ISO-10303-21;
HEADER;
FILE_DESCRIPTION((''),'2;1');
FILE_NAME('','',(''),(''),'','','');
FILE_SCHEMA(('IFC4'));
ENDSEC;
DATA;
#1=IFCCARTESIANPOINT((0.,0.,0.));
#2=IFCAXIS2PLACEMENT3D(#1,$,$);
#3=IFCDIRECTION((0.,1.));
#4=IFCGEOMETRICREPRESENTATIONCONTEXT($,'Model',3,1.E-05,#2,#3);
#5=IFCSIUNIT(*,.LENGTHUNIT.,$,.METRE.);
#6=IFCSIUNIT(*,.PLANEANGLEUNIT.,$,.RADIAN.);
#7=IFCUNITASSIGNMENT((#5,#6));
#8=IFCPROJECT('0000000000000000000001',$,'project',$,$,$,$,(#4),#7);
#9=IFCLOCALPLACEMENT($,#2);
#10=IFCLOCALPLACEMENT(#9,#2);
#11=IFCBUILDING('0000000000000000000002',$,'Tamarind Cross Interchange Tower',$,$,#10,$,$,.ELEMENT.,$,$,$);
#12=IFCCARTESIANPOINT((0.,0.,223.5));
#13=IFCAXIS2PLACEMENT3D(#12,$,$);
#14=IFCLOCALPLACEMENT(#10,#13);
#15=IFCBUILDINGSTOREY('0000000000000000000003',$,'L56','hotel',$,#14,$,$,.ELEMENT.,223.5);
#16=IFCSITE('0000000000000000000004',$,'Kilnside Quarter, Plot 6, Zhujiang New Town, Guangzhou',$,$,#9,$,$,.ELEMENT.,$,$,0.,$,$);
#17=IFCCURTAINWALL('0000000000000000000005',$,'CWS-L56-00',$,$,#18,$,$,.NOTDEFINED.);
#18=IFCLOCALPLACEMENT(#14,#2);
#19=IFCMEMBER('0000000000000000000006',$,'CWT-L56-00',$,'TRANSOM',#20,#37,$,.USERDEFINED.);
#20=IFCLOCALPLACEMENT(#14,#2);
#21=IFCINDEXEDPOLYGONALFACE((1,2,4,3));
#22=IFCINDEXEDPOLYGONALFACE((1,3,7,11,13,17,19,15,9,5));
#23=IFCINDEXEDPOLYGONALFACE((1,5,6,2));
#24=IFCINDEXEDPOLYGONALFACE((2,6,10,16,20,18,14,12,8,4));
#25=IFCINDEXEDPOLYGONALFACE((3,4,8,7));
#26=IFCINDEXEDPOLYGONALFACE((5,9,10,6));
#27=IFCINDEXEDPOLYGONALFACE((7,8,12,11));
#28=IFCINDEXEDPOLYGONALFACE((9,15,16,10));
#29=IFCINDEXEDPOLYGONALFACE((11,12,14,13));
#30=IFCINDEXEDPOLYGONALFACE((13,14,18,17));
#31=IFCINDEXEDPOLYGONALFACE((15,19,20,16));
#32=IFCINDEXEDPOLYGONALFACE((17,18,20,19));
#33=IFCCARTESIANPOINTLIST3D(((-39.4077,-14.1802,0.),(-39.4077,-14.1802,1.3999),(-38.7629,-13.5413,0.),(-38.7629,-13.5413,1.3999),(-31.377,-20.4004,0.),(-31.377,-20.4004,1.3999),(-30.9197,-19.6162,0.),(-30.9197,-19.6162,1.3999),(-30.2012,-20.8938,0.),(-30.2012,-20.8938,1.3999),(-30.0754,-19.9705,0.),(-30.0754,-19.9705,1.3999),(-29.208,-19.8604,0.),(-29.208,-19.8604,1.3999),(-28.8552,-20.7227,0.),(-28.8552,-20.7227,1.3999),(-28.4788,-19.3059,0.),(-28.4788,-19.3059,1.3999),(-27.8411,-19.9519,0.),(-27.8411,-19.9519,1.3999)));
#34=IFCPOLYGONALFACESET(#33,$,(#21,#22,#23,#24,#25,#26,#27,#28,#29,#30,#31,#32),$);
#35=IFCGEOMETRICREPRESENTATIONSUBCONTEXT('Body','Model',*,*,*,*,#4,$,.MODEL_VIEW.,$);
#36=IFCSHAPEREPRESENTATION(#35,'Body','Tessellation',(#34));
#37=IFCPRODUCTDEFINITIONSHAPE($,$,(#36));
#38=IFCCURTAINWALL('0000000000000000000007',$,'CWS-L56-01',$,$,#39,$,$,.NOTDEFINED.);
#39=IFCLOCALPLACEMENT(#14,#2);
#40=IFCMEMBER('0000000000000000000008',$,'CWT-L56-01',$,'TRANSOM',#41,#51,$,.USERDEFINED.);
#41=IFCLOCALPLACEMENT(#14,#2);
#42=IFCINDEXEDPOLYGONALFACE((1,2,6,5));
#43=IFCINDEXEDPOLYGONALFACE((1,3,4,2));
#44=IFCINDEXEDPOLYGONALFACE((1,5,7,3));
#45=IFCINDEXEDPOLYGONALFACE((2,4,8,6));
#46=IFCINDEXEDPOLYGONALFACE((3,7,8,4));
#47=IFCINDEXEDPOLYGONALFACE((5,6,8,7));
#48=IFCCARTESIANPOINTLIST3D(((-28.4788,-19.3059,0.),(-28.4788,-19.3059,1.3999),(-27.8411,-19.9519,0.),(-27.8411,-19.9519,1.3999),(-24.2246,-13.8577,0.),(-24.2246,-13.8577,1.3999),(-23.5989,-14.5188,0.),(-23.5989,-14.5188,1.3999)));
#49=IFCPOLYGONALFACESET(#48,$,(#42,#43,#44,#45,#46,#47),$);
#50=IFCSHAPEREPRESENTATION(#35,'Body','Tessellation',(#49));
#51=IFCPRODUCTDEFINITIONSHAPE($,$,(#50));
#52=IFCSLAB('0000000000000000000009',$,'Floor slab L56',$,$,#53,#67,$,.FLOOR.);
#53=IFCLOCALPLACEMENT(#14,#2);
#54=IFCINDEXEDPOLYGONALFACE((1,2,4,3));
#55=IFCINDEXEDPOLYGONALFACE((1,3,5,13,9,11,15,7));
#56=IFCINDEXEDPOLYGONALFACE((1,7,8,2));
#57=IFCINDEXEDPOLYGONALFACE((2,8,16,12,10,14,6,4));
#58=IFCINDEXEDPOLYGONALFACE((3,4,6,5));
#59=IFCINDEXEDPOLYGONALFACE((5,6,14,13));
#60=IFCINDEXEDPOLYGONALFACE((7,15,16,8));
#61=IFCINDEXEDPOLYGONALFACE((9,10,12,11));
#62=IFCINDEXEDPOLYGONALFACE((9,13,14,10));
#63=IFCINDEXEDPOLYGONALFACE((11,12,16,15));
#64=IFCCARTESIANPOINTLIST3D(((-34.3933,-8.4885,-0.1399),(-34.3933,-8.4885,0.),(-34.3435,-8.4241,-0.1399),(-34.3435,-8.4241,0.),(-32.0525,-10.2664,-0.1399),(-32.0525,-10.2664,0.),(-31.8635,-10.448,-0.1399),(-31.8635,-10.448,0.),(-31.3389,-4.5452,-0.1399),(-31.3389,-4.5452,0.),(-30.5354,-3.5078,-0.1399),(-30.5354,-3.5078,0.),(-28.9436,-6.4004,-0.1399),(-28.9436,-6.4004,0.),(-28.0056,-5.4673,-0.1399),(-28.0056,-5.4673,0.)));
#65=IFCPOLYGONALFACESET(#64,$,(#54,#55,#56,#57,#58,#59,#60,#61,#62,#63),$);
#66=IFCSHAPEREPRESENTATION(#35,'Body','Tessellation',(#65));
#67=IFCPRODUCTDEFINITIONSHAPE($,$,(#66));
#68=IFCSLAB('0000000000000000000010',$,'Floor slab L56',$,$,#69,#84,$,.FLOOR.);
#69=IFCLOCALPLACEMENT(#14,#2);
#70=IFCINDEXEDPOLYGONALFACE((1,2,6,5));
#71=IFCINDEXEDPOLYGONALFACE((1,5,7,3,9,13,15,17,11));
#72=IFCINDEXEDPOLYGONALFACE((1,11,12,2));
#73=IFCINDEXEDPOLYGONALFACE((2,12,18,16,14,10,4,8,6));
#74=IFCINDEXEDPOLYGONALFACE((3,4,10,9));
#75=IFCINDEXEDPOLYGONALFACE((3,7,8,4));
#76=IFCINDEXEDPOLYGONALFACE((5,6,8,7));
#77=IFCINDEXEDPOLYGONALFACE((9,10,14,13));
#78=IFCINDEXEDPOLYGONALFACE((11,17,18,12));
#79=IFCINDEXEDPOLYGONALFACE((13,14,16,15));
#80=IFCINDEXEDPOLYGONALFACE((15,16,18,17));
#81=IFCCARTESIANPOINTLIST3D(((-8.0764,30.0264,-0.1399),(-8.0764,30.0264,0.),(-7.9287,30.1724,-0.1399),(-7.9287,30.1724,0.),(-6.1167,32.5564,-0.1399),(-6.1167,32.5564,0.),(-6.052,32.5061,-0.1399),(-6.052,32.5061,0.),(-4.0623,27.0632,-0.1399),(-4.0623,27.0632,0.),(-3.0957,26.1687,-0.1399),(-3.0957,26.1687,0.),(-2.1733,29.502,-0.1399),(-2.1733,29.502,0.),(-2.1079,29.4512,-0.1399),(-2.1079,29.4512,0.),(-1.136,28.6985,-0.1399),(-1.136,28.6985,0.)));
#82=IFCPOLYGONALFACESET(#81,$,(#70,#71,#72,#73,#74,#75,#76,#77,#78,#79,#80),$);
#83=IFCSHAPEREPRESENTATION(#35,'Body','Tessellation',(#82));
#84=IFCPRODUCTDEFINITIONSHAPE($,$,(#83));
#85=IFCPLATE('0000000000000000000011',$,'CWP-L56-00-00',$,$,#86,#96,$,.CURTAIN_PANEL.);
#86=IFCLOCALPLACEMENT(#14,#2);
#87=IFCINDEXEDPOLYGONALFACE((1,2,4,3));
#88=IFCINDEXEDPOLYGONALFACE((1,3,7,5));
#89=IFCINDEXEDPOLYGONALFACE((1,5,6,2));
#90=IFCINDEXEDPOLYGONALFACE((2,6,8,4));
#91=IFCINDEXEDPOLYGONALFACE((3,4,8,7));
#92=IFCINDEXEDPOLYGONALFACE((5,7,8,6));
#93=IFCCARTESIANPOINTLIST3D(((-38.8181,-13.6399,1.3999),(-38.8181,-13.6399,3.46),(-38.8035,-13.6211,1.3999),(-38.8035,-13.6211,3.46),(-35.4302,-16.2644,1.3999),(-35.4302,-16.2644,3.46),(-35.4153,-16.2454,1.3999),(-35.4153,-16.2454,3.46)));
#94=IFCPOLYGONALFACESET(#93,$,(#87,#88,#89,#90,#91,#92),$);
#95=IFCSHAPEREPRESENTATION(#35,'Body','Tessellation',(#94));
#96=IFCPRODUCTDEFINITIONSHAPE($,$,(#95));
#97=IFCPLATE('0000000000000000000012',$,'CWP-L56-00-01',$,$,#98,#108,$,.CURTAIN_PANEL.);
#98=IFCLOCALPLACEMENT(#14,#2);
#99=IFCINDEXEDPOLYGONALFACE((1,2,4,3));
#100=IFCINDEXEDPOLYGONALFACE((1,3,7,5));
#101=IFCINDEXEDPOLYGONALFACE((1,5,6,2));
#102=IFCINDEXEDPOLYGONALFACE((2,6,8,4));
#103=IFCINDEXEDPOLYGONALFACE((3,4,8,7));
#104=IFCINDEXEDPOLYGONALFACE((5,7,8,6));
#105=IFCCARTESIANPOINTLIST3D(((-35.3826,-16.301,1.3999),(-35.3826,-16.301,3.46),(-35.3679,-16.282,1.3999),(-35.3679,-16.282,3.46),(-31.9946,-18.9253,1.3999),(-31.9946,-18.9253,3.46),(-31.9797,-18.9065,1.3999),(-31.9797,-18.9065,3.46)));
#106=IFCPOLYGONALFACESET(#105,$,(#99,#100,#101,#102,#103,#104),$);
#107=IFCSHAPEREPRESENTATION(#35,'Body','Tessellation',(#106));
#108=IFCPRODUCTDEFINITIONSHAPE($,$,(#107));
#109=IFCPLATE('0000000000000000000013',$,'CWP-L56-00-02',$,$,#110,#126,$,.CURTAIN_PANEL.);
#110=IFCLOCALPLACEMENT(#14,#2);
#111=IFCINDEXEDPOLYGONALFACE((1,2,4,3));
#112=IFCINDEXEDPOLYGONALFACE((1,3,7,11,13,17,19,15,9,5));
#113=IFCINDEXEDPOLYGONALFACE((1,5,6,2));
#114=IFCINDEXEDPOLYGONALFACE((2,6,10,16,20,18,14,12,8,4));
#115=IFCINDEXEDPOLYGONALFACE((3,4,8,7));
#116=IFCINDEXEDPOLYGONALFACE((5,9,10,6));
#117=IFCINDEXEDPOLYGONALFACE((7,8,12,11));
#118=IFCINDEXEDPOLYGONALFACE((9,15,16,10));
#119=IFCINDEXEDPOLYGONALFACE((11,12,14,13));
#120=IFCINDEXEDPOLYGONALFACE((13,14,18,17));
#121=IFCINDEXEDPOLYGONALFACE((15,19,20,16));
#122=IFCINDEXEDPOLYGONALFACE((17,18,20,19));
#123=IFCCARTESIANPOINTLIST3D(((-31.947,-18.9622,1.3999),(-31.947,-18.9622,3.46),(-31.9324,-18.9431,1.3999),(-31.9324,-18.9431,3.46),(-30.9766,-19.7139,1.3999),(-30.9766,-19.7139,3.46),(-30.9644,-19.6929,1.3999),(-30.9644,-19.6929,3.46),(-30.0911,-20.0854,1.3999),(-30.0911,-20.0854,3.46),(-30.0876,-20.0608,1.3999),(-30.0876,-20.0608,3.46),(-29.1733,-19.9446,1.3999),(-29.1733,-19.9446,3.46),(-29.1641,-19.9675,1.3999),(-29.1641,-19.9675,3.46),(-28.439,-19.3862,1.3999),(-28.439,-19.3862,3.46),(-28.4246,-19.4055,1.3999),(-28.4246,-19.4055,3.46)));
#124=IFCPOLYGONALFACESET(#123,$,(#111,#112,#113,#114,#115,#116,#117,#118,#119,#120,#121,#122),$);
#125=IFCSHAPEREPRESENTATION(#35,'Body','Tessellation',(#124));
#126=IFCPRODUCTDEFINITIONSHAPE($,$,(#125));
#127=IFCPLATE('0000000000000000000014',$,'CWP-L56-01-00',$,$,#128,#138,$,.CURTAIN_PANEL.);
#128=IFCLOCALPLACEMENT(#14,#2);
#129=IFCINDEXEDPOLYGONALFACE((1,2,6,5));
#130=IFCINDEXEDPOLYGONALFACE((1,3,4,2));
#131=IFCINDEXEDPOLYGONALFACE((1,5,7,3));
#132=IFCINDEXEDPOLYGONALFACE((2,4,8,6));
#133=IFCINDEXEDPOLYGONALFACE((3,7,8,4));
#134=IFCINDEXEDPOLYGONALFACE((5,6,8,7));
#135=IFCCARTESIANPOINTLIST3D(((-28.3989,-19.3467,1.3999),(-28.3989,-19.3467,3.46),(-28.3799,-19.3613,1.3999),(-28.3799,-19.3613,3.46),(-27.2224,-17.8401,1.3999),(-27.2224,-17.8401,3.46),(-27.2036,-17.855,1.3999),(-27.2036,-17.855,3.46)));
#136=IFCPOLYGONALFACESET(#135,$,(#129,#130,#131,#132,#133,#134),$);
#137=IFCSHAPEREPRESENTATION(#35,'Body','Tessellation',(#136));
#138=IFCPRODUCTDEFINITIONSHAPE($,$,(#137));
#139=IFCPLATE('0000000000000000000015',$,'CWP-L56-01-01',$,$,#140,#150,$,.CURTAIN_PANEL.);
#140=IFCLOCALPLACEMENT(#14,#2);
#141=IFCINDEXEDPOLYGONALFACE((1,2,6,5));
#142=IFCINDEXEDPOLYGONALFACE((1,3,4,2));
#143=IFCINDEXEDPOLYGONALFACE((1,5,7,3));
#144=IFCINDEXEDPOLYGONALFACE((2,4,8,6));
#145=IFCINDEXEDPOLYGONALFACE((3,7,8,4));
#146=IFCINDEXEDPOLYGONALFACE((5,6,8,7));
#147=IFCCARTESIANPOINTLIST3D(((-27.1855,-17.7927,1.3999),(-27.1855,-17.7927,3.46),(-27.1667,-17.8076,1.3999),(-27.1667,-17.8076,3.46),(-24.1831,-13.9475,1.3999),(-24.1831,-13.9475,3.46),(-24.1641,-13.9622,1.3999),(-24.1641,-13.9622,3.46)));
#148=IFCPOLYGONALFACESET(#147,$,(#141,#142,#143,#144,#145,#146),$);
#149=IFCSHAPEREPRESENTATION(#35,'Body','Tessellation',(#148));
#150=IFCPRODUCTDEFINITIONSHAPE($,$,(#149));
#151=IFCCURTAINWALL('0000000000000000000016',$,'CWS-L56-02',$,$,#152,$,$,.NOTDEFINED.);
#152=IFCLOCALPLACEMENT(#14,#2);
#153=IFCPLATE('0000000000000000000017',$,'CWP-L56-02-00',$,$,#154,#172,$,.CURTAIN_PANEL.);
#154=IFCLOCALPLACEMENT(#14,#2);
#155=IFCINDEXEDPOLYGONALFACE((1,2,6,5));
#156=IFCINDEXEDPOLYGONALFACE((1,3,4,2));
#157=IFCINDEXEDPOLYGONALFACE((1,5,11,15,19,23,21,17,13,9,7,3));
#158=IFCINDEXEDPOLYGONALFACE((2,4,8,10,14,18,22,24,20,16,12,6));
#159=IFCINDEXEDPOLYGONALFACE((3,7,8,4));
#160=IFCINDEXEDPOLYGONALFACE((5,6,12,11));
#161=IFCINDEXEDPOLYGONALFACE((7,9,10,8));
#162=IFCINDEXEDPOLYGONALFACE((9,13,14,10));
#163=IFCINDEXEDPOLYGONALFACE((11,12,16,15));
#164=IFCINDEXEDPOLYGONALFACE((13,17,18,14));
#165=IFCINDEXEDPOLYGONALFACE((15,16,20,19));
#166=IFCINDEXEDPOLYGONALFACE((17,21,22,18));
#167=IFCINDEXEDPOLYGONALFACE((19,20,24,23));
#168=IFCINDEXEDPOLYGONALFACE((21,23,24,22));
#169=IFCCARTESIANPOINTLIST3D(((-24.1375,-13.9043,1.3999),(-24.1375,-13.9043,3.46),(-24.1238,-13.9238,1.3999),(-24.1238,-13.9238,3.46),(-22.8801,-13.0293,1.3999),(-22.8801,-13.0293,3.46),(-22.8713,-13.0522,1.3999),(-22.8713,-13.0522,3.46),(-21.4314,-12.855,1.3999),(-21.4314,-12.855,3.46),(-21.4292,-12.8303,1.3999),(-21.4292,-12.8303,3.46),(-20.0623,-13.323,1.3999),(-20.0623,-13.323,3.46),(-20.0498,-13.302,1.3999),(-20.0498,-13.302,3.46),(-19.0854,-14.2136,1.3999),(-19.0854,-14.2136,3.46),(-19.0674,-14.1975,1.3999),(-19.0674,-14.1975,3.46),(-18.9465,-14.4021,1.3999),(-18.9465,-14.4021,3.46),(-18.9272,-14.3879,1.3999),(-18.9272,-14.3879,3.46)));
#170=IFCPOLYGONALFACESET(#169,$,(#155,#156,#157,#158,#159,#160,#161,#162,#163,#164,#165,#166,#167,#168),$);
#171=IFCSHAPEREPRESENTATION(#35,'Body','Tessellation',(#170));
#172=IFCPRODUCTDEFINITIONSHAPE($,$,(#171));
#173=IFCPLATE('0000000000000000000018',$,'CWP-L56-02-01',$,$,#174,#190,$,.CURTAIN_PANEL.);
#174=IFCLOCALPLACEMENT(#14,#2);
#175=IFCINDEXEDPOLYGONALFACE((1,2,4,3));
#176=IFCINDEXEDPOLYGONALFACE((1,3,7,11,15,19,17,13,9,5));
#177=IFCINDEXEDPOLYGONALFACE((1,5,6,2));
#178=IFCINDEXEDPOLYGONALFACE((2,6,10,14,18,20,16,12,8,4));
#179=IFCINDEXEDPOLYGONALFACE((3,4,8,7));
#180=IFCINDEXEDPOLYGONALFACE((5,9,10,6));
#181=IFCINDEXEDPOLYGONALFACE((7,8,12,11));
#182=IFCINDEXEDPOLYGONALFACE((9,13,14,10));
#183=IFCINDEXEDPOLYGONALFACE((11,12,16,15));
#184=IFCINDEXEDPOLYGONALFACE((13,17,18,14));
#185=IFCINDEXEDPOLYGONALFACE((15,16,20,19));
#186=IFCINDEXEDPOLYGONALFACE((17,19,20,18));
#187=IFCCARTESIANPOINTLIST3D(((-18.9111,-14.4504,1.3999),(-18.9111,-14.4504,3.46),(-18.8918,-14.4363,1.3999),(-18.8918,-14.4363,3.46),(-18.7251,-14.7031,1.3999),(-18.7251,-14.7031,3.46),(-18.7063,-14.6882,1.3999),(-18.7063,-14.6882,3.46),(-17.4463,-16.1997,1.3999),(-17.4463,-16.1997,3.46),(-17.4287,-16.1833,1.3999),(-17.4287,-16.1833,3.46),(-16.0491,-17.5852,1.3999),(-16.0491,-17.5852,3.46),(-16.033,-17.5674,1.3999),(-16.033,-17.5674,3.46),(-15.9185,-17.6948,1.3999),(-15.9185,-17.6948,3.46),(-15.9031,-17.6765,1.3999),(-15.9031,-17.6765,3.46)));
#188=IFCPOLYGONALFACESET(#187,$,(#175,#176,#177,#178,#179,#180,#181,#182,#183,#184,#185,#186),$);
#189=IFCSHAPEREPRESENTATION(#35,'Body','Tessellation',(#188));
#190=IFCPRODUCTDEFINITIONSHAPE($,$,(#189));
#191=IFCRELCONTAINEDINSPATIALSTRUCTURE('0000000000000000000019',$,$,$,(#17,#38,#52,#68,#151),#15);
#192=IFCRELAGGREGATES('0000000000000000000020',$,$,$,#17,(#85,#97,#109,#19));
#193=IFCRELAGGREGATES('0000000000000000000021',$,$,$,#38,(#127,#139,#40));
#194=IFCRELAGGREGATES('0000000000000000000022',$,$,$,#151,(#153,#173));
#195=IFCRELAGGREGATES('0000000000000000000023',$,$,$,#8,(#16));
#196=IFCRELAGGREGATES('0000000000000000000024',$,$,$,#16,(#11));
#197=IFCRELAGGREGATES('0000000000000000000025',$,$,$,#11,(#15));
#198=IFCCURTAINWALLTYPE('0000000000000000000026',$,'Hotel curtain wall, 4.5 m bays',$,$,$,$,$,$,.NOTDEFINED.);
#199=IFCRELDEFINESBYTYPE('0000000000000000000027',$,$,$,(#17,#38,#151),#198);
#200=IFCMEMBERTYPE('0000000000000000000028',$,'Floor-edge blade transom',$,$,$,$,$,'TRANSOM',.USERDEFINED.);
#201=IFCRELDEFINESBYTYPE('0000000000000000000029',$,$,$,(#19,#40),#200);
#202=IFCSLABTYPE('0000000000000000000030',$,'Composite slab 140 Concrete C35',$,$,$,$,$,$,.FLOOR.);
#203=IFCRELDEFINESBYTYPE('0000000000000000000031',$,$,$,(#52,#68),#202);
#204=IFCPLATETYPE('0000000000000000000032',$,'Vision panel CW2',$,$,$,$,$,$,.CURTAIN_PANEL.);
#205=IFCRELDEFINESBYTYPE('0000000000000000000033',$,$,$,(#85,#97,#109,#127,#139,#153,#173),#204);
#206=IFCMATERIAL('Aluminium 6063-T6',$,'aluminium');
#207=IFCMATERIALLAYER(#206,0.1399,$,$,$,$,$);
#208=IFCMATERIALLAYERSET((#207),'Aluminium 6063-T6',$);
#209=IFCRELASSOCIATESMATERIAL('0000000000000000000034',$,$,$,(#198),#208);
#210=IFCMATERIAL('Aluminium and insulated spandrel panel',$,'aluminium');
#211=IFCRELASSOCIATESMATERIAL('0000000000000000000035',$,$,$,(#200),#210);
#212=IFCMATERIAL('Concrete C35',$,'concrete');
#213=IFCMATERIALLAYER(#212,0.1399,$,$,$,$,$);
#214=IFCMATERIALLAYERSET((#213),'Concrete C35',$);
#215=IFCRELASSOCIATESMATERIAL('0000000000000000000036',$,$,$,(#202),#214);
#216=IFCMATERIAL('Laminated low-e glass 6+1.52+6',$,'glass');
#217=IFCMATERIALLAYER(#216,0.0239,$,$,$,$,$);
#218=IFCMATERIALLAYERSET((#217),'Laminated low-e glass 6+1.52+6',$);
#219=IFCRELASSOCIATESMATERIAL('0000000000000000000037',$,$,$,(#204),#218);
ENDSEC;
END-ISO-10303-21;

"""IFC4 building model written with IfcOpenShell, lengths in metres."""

from ifc_helpers import new_model, si_unit, direction, frame, origin, place, context, subcontext, project, spatial, polyline, outline, extrude, material, layer, layer_set, type_object, element, aggregate, save


model = new_model("IFC4")

# Units and contexts
model_context = context("Model", 3, precision=1e-05, world=origin(), true_north=direction((0.0, 1.0)))
body_context = subcontext(model_context, "Body", "Model", "MODEL_VIEW")
ifc_project = project(units=[si_unit("LENGTHUNIT", "METRE"), si_unit("PLANEANGLEUNIT", "RADIAN")], contexts=[model_context])

# Site, building, storey
site_placement = place(None, origin())
site = spatial("IfcSite", under=ifc_project, at=site_placement, Name="Kilnside Quarter, Plot 6, Zhujiang New Town, Guangzhou", CompositionType="ELEMENT", RefElevation=0.0)
building_placement = place(site_placement, origin())
building = spatial("IfcBuilding", under=site, at=building_placement, Name="Tamarind Cross Interchange Tower", CompositionType="ELEMENT")
storey_placement = place(building_placement, frame((0.0, 0.0, 223.5)))
storey = spatial("IfcBuildingStorey", under=building, at=storey_placement, Name="L56", Description="hotel", CompositionType="ELEMENT", Elevation=223.5)

# Curtain walls, members
ifc_material_1 = material(Name="Aluminium 6063-T6", Category="aluminium")
ifc_layer_1 = layer(ifc_material_1, 0.1399)
ifc_layer_set_1 = layer_set([ifc_layer_1], Name="Aluminium 6063-T6")
curtain_wall_type = type_object("IfcCurtainWallType", Name="Hotel curtain wall, 4.5 m bays", PredefinedType="NOTDEFINED", material=ifc_layer_set_1)
curtain_wall_1_placement = place(storey_placement, origin())
curtain_wall_1 = element("IfcCurtainWall", 1, at=curtain_wall_1_placement, inside=storey, type_object=curtain_wall_type, Name="CWS-L56-00", PredefinedType="NOTDEFINED")
ifc_material_2 = material(Name="Aluminium and insulated spandrel panel", Category="aluminium")
member_type = type_object("IfcMemberType", Name="Floor-edge blade transom", ElementType="TRANSOM", PredefinedType="USERDEFINED", material=ifc_material_2)
member_1_placement = place(storey_placement, origin())
member_1 = element("IfcMember", 2, at=member_1_placement, type_object=member_type, Name="CWT-L56-00", ObjectType="TRANSOM", PredefinedType="USERDEFINED", context=body_context, shape_type="SweptSolid", body=[
    extrude(outline(polyline([(-38.7629, -13.5413), (-30.9197, -19.6162), (-30.0754, -19.9705), (-29.208, -19.8604), (-28.4788, -19.3059), (-27.8411, -19.9519), (-28.8552, -20.7227), (-30.2012, -20.8938), (-31.377, -20.4004), (-39.4077, -14.1802), (-38.7629, -13.5413)])), origin(), (0.0, 0.0, 1.0), 1.3999),
])
curtain_wall_2_placement = place(storey_placement, origin())
curtain_wall_2 = element("IfcCurtainWall", 3, at=curtain_wall_2_placement, inside=storey, type_object=curtain_wall_type, Name="CWS-L56-01", PredefinedType="NOTDEFINED")
member_2_placement = place(storey_placement, origin())
member_2 = element("IfcMember", 4, at=member_2_placement, type_object=member_type, Name="CWT-L56-01", ObjectType="TRANSOM", PredefinedType="USERDEFINED", context=body_context, shape_type="SweptSolid", body=[
    extrude(outline(polyline([(-28.4788, -19.3059), (-24.2246, -13.8577), (-23.5989, -14.5188), (-27.8411, -19.9519), (-28.4788, -19.3059)])), origin(), (0.0, 0.0, 1.0), 1.3999),
])

# Slabs
ifc_material_3 = material(Name="Concrete C35", Category="concrete")
ifc_layer_2 = layer(ifc_material_3, 0.1399)
ifc_layer_set_2 = layer_set([ifc_layer_2], Name="Concrete C35")
slab_type = type_object("IfcSlabType", Name="Composite slab 140 Concrete C35", PredefinedType="FLOOR", material=ifc_layer_set_2)
slab_1_placement = place(storey_placement, frame((0.0, 0.0, -0.1399)))
element("IfcSlab", 5, at=slab_1_placement, inside=storey, type_object=slab_type, Name="Floor slab L56", PredefinedType="FLOOR", context=body_context, shape_type="SweptSolid", body=[
    extrude(outline(polyline([(-28.0056, -5.4673), (-30.5354, -3.5078), (-31.3389, -4.5452), (-28.9436, -6.4004), (-32.0525, -10.2664), (-34.3435, -8.4241), (-34.3933, -8.4885), (-31.8635, -10.448), (-28.0056, -5.4673)])), origin(), (0.0, 0.0, 1.0), 0.1399),
])
slab_2_placement = place(storey_placement, frame((0.0, 0.0, -0.1399)))
element("IfcSlab", 6, at=slab_2_placement, inside=storey, type_object=slab_type, Name="Floor slab L56", PredefinedType="FLOOR", context=body_context, shape_type="SweptSolid", body=[
    extrude(outline(polyline([(-6.1167, 32.5564), (-8.0764, 30.0264), (-3.0957, 26.1687), (-1.136, 28.6985), (-2.1079, 29.4512), (-2.1733, 29.502), (-4.0623, 27.0632), (-7.9287, 30.1724), (-6.052, 32.5061), (-6.1167, 32.5564)])), origin(), (0.0, 0.0, 1.0), 0.1399),
])

# Plates
ifc_material_4 = material(Name="Laminated low-e glass 6+1.52+6", Category="glass")
ifc_layer_3 = layer(ifc_material_4, 0.0239)
ifc_layer_set_3 = layer_set([ifc_layer_3], Name="Laminated low-e glass 6+1.52+6")
plate_type = type_object("IfcPlateType", Name="Vision panel CW2", PredefinedType="CURTAIN_PANEL", material=ifc_layer_set_3)
plate_1_placement = place(storey_placement, frame((0.0, 0.0, 1.3999)))
plate_1 = element("IfcPlate", 7, at=plate_1_placement, type_object=plate_type, Name="CWP-L56-00-00", PredefinedType="CURTAIN_PANEL", context=body_context, shape_type="SweptSolid", body=[
    extrude(outline(polyline([(-38.8035, -13.6211), (-35.4153, -16.2454), (-35.4302, -16.2644), (-38.8181, -13.6399), (-38.8035, -13.6211)])), origin(), (0.0, 0.0, 1.0), 2.0601),
])
plate_2_placement = place(storey_placement, frame((0.0, 0.0, 1.3999)))
plate_2 = element("IfcPlate", 8, at=plate_2_placement, type_object=plate_type, Name="CWP-L56-00-01", PredefinedType="CURTAIN_PANEL", context=body_context, shape_type="SweptSolid", body=[
    extrude(outline(polyline([(-35.3679, -16.282), (-31.9797, -18.9065), (-31.9946, -18.9253), (-35.3826, -16.301), (-35.3679, -16.282)])), origin(), (0.0, 0.0, 1.0), 2.0601),
])
plate_3_placement = place(storey_placement, frame((0.0, 0.0, 1.3999)))
plate_3 = element("IfcPlate", 9, at=plate_3_placement, type_object=plate_type, Name="CWP-L56-00-02", PredefinedType="CURTAIN_PANEL", context=body_context, shape_type="SweptSolid", body=[
    extrude(outline(polyline([(-31.9324, -18.9431), (-30.9644, -19.6929), (-30.0876, -20.0608), (-29.1733, -19.9446), (-28.439, -19.3862), (-28.4246, -19.4055), (-29.1641, -19.9675), (-30.0911, -20.0854), (-30.9766, -19.7139), (-31.947, -18.9622), (-31.9324, -18.9431)])), origin(), (0.0, 0.0, 1.0), 2.0601),
])
aggregate(curtain_wall_1, [plate_1, plate_2, plate_3, member_1])
plate_4_placement = place(storey_placement, frame((0.0, 0.0, 1.3999)))
plate_4 = element("IfcPlate", 10, at=plate_4_placement, type_object=plate_type, Name="CWP-L56-01-00", PredefinedType="CURTAIN_PANEL", context=body_context, shape_type="SweptSolid", body=[
    extrude(outline(polyline([(-28.3989, -19.3467), (-27.2224, -17.8401), (-27.2036, -17.855), (-28.3799, -19.3613), (-28.3989, -19.3467)])), origin(), (0.0, 0.0, 1.0), 2.0601),
])
plate_5_placement = place(storey_placement, frame((0.0, 0.0, 1.3999)))
plate_5 = element("IfcPlate", 11, at=plate_5_placement, type_object=plate_type, Name="CWP-L56-01-01", PredefinedType="CURTAIN_PANEL", context=body_context, shape_type="SweptSolid", body=[
    extrude(outline(polyline([(-27.1855, -17.7927), (-24.1831, -13.9475), (-24.1641, -13.9622), (-27.1667, -17.8076), (-27.1855, -17.7927)])), origin(), (0.0, 0.0, 1.0), 2.0601),
])
aggregate(curtain_wall_2, [plate_4, plate_5, member_2])

# Curtain wall, plates
curtain_wall_3_placement = place(storey_placement, origin())
curtain_wall_3 = element("IfcCurtainWall", 12, at=curtain_wall_3_placement, inside=storey, type_object=curtain_wall_type, Name="CWS-L56-02", PredefinedType="NOTDEFINED")
plate_6_placement = place(storey_placement, frame((0.0, 0.0, 1.3999)))
plate_6 = element("IfcPlate", 13, at=plate_6_placement, type_object=plate_type, Name="CWP-L56-02-00", PredefinedType="CURTAIN_PANEL", context=body_context, shape_type="SweptSolid", body=[
    extrude(outline(polyline([(-24.1375, -13.9043), (-22.8801, -13.0293), (-21.4292, -12.8303), (-20.0498, -13.302), (-19.0674, -14.1975), (-18.9272, -14.3879), (-18.9465, -14.4021), (-19.0854, -14.2136), (-20.0623, -13.323), (-21.4314, -12.855), (-22.8713, -13.0522), (-24.1238, -13.9238), (-24.1375, -13.9043)])), origin(), (0.0, 0.0, 1.0), 2.0601),
])
plate_7_placement = place(storey_placement, frame((0.0, 0.0, 1.3999)))
plate_7 = element("IfcPlate", 14, at=plate_7_placement, type_object=plate_type, Name="CWP-L56-02-01", PredefinedType="CURTAIN_PANEL", context=body_context, shape_type="SweptSolid", body=[
    extrude(outline(polyline([(-18.8918, -14.4363), (-18.7063, -14.6882), (-17.4287, -16.1833), (-16.033, -17.5674), (-15.9031, -17.6765), (-15.9185, -17.6948), (-16.0491, -17.5852), (-17.4463, -16.1997), (-18.7251, -14.7031), (-18.9111, -14.4504), (-18.8918, -14.4363)])), origin(), (0.0, 0.0, 1.0), 2.0601),
])
aggregate(curtain_wall_3, [plate_6, plate_7])

save(model, "model.ifc")
